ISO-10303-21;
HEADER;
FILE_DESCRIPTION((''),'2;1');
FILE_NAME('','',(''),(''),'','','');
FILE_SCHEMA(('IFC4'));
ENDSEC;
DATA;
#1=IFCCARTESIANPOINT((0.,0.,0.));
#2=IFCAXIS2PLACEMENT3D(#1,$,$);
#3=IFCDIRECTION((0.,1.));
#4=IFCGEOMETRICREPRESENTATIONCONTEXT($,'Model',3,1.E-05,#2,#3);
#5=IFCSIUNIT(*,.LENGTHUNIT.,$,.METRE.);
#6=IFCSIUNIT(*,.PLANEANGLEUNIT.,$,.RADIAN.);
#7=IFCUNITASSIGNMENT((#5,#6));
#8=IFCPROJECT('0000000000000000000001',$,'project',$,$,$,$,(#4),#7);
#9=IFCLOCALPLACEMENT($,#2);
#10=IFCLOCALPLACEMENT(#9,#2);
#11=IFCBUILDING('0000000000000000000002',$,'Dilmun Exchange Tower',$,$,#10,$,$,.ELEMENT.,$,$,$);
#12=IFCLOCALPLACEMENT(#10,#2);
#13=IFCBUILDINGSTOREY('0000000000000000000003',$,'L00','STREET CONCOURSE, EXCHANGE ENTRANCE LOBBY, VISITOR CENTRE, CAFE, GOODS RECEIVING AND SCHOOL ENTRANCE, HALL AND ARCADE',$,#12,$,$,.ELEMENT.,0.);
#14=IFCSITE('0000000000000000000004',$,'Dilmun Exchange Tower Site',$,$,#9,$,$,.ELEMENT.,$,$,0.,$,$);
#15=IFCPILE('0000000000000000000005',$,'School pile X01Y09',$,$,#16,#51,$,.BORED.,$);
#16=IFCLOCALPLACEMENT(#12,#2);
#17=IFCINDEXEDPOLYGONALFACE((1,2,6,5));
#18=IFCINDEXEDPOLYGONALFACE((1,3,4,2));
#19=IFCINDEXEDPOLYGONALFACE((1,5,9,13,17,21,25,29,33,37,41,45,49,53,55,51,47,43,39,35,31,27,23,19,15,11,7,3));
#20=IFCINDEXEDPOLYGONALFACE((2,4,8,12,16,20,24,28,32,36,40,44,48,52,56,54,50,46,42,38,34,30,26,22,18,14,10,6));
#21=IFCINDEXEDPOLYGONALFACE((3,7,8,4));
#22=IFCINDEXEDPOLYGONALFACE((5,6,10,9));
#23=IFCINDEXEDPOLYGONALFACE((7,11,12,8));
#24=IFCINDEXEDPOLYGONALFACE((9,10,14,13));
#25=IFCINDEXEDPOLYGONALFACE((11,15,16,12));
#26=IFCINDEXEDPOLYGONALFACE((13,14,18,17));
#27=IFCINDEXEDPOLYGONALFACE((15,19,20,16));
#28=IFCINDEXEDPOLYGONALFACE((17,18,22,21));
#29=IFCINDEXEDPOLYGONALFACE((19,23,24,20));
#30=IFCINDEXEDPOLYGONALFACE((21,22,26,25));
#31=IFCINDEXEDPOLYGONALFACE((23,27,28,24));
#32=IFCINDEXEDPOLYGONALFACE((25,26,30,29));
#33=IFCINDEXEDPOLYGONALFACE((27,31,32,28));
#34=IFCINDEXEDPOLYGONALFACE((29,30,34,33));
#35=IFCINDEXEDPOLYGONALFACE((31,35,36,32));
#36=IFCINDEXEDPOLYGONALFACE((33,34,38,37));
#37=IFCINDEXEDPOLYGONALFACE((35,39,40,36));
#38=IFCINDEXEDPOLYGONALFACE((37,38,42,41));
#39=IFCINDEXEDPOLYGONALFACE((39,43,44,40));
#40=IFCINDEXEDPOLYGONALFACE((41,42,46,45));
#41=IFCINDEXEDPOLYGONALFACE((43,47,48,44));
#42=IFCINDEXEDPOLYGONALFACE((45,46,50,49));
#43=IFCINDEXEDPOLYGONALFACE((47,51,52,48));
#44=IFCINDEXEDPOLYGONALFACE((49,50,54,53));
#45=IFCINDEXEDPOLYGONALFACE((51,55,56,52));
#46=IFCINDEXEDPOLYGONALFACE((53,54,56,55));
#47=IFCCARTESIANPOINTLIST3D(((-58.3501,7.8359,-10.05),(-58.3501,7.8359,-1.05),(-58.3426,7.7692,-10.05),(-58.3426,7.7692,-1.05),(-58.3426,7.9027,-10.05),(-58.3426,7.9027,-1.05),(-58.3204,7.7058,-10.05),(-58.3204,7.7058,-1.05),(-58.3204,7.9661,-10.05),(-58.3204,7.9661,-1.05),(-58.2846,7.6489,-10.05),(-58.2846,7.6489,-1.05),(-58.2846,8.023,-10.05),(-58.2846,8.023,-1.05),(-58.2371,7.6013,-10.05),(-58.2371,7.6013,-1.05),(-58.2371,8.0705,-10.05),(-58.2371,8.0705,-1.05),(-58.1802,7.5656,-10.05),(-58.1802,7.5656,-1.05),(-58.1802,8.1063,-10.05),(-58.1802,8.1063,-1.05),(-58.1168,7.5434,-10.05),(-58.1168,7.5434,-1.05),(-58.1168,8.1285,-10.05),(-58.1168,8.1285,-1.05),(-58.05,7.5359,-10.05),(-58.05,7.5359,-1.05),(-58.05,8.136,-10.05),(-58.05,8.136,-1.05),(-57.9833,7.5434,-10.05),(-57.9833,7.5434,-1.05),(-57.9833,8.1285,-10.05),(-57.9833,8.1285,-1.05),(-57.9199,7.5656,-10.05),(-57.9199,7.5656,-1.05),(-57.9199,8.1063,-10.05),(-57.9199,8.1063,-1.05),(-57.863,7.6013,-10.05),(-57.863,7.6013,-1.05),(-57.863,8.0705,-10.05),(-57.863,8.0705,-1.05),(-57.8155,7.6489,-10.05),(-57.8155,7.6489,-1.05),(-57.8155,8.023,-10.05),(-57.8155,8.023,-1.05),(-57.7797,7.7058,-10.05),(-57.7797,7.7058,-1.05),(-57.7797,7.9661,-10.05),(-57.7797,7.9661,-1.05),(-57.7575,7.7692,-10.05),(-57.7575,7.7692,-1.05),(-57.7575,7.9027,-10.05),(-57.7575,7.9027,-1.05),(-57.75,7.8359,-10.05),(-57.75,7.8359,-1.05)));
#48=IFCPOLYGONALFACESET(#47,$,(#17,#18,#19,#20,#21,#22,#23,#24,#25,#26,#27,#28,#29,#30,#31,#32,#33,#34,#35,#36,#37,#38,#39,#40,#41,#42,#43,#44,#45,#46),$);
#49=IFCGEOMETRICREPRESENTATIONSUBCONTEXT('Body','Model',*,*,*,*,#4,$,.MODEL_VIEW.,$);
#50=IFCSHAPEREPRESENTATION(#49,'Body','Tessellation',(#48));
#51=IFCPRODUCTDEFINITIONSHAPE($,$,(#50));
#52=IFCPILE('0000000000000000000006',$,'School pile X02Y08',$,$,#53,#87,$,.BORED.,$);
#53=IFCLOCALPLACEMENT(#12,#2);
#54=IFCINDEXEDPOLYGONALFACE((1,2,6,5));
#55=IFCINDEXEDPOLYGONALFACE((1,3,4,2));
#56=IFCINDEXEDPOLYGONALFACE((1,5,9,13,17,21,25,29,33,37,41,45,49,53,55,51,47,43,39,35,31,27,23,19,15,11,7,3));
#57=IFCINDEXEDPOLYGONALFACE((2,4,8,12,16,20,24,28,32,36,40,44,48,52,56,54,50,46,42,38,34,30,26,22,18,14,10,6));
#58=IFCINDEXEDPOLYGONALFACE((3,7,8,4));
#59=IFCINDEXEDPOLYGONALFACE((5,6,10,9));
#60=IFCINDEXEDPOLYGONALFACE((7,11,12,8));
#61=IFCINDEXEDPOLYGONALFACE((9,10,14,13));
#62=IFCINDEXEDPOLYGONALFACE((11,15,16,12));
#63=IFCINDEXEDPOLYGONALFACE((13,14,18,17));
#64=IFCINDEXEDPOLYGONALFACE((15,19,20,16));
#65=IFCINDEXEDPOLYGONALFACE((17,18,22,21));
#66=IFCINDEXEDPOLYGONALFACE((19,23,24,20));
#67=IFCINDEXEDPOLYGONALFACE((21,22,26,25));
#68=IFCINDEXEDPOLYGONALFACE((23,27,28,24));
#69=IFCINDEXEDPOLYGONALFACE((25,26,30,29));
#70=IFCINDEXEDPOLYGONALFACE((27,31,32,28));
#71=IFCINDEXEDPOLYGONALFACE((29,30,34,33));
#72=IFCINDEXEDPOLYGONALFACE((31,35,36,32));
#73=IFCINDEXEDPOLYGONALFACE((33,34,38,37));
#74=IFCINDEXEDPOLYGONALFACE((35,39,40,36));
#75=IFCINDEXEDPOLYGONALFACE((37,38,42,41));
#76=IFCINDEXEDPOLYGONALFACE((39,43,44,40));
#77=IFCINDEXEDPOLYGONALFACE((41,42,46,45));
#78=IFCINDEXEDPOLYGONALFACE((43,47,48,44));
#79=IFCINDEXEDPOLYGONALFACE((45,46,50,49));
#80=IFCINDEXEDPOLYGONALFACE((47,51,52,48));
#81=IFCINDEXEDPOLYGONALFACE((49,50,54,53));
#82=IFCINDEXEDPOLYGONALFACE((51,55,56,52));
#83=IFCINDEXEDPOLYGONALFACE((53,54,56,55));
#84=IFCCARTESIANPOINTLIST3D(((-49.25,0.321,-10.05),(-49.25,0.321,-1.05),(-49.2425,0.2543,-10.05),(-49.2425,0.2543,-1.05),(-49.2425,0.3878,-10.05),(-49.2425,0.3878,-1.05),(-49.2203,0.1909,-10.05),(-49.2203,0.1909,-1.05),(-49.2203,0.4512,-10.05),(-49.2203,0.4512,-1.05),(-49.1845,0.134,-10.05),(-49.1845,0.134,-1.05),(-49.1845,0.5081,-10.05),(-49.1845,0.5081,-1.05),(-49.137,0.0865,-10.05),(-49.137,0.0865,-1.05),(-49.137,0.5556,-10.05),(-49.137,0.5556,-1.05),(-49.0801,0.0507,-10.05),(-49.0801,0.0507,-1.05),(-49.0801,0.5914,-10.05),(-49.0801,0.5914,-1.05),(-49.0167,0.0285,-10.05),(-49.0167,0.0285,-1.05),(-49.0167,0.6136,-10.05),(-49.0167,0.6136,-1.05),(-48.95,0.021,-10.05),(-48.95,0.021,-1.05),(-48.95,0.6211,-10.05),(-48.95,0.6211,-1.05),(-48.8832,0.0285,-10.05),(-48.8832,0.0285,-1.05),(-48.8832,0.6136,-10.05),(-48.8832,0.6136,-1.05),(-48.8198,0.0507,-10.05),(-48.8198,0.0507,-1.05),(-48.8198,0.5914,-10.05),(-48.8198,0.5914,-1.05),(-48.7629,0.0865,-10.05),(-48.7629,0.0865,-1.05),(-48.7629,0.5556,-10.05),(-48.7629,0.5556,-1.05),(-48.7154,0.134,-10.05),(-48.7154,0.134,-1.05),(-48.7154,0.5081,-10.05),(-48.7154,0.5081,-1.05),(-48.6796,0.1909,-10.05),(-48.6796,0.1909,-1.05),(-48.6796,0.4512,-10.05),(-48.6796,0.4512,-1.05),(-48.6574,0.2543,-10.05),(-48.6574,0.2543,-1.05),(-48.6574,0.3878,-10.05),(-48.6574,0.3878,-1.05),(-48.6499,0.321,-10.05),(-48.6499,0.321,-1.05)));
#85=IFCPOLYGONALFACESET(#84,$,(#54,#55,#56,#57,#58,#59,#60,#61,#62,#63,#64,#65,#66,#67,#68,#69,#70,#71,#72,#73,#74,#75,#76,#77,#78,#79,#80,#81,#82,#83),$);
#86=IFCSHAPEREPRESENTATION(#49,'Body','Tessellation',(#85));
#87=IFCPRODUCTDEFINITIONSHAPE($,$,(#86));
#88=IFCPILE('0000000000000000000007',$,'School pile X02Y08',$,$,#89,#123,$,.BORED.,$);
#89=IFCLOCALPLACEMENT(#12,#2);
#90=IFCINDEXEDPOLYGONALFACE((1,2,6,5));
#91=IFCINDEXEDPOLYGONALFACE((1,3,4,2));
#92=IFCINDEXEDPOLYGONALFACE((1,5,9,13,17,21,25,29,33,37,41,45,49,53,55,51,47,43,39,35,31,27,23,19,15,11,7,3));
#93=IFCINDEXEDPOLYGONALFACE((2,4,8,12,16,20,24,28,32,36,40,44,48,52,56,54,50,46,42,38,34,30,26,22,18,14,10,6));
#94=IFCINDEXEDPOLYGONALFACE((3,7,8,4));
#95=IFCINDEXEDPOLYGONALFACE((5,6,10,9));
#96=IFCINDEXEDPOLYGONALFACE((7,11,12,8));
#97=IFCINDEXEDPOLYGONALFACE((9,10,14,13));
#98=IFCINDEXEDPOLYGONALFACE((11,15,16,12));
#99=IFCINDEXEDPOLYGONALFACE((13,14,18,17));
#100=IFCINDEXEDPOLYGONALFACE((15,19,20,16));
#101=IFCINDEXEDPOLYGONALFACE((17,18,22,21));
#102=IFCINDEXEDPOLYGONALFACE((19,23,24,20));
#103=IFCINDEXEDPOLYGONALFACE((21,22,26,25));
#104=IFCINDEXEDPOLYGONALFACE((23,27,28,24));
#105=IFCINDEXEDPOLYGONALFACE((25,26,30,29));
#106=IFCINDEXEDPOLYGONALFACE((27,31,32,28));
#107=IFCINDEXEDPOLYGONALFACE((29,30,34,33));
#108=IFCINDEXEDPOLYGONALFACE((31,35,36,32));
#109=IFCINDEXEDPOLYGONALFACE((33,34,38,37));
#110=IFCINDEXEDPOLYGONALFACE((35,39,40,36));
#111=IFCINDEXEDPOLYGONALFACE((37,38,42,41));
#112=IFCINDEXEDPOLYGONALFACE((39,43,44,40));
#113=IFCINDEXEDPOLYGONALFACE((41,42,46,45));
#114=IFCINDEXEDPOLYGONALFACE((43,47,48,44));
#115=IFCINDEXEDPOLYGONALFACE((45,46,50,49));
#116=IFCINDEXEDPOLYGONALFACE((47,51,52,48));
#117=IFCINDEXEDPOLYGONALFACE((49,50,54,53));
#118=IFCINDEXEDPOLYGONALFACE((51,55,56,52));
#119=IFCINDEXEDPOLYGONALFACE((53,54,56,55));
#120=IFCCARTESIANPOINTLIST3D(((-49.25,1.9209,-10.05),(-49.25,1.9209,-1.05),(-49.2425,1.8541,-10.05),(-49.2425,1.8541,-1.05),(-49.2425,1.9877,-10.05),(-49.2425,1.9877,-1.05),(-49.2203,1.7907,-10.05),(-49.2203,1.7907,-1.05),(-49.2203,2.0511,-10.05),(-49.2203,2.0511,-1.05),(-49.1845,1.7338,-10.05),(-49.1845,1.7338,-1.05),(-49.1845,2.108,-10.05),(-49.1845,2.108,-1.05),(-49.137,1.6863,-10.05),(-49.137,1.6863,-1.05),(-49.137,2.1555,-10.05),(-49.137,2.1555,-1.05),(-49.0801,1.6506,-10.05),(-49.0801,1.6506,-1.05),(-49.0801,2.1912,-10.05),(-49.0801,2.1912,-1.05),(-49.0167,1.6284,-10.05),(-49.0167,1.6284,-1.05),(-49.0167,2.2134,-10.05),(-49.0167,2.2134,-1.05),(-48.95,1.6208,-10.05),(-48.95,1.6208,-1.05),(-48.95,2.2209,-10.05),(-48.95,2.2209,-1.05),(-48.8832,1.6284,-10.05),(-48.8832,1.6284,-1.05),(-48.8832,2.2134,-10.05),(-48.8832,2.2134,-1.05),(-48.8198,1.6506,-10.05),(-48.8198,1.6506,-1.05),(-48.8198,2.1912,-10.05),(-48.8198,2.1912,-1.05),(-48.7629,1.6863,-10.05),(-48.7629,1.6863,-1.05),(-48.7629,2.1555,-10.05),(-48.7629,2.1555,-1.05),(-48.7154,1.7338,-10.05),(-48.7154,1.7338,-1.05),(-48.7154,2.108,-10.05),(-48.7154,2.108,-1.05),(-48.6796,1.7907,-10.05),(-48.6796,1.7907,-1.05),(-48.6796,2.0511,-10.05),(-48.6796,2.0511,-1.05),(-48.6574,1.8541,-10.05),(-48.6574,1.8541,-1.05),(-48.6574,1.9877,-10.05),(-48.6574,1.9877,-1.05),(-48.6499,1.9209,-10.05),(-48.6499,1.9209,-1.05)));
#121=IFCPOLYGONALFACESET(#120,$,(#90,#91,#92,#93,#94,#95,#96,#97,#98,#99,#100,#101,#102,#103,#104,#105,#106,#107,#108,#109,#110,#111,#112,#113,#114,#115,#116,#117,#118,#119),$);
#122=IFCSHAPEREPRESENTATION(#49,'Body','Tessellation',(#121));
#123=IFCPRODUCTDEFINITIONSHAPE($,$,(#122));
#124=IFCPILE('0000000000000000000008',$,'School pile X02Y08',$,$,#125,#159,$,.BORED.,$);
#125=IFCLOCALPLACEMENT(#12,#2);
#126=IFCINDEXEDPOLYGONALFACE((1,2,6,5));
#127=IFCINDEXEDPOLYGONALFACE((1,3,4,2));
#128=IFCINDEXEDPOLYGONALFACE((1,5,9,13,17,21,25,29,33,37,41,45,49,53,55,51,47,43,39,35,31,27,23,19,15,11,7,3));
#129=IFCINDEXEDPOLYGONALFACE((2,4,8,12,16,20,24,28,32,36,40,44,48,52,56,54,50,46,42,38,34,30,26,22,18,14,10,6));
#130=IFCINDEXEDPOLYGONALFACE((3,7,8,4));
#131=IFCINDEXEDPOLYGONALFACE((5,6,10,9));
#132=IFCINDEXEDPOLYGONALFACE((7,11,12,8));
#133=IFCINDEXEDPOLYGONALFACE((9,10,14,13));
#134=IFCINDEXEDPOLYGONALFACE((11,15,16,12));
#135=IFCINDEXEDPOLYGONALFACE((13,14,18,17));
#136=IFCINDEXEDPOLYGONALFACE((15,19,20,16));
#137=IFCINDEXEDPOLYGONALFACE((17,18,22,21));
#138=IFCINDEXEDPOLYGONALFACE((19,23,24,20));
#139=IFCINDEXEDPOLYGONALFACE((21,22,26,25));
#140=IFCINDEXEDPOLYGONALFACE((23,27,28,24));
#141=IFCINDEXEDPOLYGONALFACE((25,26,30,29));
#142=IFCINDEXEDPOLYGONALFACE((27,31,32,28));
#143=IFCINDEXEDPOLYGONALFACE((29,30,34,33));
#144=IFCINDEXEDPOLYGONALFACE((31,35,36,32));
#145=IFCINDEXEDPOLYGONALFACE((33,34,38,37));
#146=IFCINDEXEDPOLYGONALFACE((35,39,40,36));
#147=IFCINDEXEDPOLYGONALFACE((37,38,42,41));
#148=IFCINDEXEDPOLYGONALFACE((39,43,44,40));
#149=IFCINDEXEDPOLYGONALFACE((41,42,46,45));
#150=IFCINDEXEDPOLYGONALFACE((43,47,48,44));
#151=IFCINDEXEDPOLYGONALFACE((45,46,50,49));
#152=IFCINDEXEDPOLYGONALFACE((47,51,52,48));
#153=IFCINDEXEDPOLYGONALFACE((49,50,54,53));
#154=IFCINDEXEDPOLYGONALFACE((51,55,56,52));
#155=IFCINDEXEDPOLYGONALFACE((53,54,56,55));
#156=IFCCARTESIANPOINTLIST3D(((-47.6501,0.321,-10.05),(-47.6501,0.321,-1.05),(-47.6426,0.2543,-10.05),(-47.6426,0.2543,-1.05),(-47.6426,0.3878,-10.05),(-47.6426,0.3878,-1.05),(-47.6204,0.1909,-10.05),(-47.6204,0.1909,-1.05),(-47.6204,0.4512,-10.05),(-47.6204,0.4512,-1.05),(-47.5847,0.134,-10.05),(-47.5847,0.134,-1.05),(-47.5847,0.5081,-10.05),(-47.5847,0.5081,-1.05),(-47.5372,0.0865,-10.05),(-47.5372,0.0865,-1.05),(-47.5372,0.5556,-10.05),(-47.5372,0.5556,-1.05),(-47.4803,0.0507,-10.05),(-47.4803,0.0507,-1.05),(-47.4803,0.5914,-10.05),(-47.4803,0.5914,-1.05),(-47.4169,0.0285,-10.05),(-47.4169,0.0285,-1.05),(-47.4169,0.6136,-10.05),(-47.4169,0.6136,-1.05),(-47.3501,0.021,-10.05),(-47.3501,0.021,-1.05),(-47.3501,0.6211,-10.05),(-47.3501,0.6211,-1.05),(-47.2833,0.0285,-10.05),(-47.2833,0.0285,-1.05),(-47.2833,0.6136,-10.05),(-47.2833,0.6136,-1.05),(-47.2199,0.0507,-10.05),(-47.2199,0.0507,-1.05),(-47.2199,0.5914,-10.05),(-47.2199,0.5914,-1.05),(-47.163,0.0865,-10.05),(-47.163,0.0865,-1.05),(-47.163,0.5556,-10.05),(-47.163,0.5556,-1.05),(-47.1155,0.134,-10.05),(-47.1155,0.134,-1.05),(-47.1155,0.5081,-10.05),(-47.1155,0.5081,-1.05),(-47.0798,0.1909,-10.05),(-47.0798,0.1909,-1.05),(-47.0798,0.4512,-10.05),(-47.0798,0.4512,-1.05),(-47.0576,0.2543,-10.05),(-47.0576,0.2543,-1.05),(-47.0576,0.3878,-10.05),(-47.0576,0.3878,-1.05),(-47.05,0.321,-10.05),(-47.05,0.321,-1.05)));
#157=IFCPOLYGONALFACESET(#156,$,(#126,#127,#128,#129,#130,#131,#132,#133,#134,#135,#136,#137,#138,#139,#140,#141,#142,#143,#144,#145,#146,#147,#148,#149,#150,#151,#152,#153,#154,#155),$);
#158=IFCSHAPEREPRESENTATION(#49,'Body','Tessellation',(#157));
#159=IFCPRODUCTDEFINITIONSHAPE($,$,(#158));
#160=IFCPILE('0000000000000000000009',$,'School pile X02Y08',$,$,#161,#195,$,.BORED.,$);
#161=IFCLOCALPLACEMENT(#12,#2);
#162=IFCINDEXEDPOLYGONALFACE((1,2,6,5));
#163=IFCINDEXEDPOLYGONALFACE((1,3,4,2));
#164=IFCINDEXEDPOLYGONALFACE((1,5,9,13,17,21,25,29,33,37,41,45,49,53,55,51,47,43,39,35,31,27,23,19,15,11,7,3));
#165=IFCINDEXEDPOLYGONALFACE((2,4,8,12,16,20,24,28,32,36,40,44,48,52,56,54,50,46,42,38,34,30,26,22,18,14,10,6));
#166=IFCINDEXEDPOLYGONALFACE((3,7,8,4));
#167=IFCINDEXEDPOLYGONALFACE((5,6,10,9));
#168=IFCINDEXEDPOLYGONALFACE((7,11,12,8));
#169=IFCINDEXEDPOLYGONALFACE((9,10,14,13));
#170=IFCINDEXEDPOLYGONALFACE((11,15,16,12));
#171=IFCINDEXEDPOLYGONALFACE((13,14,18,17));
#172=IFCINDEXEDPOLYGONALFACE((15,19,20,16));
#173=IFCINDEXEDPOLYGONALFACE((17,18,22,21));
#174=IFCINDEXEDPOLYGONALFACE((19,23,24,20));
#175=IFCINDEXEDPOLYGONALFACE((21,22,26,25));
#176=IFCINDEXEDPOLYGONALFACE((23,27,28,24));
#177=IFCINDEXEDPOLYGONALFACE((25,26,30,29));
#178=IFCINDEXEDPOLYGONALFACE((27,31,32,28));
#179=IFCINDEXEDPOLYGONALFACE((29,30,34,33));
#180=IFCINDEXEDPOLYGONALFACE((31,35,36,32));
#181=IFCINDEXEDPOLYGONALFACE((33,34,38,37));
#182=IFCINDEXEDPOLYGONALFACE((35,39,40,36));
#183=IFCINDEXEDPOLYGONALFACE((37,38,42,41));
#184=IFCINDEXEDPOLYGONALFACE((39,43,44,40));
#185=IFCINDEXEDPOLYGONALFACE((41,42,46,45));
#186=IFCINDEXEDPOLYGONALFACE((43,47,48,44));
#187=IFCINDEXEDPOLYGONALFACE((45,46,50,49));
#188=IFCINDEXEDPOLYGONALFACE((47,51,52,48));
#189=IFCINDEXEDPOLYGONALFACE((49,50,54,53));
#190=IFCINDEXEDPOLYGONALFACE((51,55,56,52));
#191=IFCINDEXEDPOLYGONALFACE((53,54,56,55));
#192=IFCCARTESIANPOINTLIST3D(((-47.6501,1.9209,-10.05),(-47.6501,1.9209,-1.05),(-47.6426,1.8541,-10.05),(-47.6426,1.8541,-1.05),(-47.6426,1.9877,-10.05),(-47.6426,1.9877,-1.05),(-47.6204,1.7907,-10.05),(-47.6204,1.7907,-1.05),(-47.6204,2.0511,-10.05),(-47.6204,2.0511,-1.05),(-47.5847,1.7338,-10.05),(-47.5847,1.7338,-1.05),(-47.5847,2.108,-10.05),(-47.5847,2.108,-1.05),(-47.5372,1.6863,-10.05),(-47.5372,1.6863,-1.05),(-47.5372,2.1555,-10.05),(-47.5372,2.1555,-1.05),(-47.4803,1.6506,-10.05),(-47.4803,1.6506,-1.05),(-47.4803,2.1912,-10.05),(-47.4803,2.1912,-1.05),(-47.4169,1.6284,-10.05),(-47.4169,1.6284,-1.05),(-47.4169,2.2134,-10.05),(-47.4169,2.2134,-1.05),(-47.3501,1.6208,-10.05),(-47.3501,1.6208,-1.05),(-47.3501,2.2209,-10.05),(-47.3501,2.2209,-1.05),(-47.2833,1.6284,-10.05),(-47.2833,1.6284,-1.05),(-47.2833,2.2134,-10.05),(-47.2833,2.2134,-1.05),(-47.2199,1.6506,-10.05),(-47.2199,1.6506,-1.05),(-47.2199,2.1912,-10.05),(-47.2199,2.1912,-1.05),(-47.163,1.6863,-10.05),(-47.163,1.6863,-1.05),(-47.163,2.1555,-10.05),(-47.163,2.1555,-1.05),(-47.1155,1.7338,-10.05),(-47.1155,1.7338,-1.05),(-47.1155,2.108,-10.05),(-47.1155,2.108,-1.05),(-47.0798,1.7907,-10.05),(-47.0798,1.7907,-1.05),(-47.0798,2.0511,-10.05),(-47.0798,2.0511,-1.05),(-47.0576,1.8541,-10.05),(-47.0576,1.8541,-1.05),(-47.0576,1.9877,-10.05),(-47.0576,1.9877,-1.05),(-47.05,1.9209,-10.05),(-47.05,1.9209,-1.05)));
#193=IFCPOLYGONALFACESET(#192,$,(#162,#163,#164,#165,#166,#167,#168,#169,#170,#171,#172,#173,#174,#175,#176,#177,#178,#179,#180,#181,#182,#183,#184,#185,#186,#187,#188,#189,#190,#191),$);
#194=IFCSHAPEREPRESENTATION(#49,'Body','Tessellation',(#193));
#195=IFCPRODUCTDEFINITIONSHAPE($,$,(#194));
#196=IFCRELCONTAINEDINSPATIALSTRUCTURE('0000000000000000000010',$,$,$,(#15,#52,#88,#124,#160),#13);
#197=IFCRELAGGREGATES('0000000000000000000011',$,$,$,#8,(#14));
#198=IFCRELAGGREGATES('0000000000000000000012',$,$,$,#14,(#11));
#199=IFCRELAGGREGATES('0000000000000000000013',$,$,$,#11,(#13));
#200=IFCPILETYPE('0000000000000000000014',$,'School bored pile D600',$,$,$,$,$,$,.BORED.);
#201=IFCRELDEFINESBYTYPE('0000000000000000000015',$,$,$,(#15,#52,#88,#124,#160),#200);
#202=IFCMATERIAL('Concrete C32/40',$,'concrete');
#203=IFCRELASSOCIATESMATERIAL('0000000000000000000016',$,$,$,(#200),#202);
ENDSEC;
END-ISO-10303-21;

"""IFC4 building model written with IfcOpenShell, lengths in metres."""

from ifc_helpers import new_model, si_unit, direction, frame, origin, origin_2d, place, context, subcontext, project, spatial, circle, extrude, material, material_profile, profile_set, type_object, element, save


model = new_model("IFC4")

# Units and contexts
model_context = context("Model", 3, precision=1e-05, world=origin(), true_north=direction((0.0, 1.0)))
body_context = subcontext(model_context, "Body", "Model", "MODEL_VIEW")
ifc_project = project(units=[si_unit("LENGTHUNIT", "METRE"), si_unit("PLANEANGLEUNIT", "RADIAN")], contexts=[model_context])

# Site, building, storey
site_placement = place(None, origin())
site = spatial("IfcSite", under=ifc_project, at=site_placement, Name="Dilmun Exchange Tower Site", CompositionType="ELEMENT", RefElevation=0.0)
building_placement = place(site_placement, origin())
building = spatial("IfcBuilding", under=site, at=building_placement, Name="Dilmun Exchange Tower", CompositionType="ELEMENT")
storey_placement = place(building_placement, origin())
storey = spatial("IfcBuildingStorey", under=building, at=storey_placement, Name="L00", Description="STREET CONCOURSE, EXCHANGE ENTRANCE LOBBY, VISITOR CENTRE, CAFE, GOODS RECEIVING AND SCHOOL ENTRANCE, HALL AND ARCADE", CompositionType="ELEMENT", Elevation=0.0)

# Piles
ifc_material_1 = material(Name="Concrete C32/40", Category="concrete")
ifc_material_profile_1 = material_profile(ifc_material_1, circle(Radius=0.3, at=origin_2d()), Name="D600")
ifc_profile_set_1 = profile_set([ifc_material_profile_1], Name="Concrete C32/40")
pile_type = type_object("IfcPileType", Name="School bored pile D600", PredefinedType="BORED", material=ifc_profile_set_1)
for number, where, z_axis, x_axis, name in (
    (1, (-58.05, 7.8359, -1.05), (0.0, 0.0, -1.0), (1.0, 0.0, 0.0), "School pile X01Y09"),
    (2, (-48.95, 0.321, -1.05), (0.0, 0.0, -1.0), (1.0, 0.0, 0.0), "School pile X02Y08"),
    (3, (-48.95, 1.9209, -1.05), (0.0, 0.0, -1.0), (1.0, 0.0, 0.0), "School pile X02Y08"),
    (4, (-47.3501, 0.321, -1.05), (0.0, 0.0, -1.0), (1.0, 0.0, 0.0), "School pile X02Y08"),
    (5, (-47.3501, 1.9209, -1.05), (0.0, 0.0, -1.0), (1.0, 0.0, 0.0), "School pile X02Y08"),
):
    element("IfcPile", number, at=place(storey_placement, frame(where, z_axis=z_axis, x_axis=x_axis)), inside=storey, type_object=pile_type, Name=name, PredefinedType="BORED", context=body_context, shape_type="SweptSolid", body=[
        extrude(circle(Radius=0.3, at=origin_2d()), origin(), (0.0, 0.0, 1.0), 9.0),
    ])

save(model, "model.ifc")
